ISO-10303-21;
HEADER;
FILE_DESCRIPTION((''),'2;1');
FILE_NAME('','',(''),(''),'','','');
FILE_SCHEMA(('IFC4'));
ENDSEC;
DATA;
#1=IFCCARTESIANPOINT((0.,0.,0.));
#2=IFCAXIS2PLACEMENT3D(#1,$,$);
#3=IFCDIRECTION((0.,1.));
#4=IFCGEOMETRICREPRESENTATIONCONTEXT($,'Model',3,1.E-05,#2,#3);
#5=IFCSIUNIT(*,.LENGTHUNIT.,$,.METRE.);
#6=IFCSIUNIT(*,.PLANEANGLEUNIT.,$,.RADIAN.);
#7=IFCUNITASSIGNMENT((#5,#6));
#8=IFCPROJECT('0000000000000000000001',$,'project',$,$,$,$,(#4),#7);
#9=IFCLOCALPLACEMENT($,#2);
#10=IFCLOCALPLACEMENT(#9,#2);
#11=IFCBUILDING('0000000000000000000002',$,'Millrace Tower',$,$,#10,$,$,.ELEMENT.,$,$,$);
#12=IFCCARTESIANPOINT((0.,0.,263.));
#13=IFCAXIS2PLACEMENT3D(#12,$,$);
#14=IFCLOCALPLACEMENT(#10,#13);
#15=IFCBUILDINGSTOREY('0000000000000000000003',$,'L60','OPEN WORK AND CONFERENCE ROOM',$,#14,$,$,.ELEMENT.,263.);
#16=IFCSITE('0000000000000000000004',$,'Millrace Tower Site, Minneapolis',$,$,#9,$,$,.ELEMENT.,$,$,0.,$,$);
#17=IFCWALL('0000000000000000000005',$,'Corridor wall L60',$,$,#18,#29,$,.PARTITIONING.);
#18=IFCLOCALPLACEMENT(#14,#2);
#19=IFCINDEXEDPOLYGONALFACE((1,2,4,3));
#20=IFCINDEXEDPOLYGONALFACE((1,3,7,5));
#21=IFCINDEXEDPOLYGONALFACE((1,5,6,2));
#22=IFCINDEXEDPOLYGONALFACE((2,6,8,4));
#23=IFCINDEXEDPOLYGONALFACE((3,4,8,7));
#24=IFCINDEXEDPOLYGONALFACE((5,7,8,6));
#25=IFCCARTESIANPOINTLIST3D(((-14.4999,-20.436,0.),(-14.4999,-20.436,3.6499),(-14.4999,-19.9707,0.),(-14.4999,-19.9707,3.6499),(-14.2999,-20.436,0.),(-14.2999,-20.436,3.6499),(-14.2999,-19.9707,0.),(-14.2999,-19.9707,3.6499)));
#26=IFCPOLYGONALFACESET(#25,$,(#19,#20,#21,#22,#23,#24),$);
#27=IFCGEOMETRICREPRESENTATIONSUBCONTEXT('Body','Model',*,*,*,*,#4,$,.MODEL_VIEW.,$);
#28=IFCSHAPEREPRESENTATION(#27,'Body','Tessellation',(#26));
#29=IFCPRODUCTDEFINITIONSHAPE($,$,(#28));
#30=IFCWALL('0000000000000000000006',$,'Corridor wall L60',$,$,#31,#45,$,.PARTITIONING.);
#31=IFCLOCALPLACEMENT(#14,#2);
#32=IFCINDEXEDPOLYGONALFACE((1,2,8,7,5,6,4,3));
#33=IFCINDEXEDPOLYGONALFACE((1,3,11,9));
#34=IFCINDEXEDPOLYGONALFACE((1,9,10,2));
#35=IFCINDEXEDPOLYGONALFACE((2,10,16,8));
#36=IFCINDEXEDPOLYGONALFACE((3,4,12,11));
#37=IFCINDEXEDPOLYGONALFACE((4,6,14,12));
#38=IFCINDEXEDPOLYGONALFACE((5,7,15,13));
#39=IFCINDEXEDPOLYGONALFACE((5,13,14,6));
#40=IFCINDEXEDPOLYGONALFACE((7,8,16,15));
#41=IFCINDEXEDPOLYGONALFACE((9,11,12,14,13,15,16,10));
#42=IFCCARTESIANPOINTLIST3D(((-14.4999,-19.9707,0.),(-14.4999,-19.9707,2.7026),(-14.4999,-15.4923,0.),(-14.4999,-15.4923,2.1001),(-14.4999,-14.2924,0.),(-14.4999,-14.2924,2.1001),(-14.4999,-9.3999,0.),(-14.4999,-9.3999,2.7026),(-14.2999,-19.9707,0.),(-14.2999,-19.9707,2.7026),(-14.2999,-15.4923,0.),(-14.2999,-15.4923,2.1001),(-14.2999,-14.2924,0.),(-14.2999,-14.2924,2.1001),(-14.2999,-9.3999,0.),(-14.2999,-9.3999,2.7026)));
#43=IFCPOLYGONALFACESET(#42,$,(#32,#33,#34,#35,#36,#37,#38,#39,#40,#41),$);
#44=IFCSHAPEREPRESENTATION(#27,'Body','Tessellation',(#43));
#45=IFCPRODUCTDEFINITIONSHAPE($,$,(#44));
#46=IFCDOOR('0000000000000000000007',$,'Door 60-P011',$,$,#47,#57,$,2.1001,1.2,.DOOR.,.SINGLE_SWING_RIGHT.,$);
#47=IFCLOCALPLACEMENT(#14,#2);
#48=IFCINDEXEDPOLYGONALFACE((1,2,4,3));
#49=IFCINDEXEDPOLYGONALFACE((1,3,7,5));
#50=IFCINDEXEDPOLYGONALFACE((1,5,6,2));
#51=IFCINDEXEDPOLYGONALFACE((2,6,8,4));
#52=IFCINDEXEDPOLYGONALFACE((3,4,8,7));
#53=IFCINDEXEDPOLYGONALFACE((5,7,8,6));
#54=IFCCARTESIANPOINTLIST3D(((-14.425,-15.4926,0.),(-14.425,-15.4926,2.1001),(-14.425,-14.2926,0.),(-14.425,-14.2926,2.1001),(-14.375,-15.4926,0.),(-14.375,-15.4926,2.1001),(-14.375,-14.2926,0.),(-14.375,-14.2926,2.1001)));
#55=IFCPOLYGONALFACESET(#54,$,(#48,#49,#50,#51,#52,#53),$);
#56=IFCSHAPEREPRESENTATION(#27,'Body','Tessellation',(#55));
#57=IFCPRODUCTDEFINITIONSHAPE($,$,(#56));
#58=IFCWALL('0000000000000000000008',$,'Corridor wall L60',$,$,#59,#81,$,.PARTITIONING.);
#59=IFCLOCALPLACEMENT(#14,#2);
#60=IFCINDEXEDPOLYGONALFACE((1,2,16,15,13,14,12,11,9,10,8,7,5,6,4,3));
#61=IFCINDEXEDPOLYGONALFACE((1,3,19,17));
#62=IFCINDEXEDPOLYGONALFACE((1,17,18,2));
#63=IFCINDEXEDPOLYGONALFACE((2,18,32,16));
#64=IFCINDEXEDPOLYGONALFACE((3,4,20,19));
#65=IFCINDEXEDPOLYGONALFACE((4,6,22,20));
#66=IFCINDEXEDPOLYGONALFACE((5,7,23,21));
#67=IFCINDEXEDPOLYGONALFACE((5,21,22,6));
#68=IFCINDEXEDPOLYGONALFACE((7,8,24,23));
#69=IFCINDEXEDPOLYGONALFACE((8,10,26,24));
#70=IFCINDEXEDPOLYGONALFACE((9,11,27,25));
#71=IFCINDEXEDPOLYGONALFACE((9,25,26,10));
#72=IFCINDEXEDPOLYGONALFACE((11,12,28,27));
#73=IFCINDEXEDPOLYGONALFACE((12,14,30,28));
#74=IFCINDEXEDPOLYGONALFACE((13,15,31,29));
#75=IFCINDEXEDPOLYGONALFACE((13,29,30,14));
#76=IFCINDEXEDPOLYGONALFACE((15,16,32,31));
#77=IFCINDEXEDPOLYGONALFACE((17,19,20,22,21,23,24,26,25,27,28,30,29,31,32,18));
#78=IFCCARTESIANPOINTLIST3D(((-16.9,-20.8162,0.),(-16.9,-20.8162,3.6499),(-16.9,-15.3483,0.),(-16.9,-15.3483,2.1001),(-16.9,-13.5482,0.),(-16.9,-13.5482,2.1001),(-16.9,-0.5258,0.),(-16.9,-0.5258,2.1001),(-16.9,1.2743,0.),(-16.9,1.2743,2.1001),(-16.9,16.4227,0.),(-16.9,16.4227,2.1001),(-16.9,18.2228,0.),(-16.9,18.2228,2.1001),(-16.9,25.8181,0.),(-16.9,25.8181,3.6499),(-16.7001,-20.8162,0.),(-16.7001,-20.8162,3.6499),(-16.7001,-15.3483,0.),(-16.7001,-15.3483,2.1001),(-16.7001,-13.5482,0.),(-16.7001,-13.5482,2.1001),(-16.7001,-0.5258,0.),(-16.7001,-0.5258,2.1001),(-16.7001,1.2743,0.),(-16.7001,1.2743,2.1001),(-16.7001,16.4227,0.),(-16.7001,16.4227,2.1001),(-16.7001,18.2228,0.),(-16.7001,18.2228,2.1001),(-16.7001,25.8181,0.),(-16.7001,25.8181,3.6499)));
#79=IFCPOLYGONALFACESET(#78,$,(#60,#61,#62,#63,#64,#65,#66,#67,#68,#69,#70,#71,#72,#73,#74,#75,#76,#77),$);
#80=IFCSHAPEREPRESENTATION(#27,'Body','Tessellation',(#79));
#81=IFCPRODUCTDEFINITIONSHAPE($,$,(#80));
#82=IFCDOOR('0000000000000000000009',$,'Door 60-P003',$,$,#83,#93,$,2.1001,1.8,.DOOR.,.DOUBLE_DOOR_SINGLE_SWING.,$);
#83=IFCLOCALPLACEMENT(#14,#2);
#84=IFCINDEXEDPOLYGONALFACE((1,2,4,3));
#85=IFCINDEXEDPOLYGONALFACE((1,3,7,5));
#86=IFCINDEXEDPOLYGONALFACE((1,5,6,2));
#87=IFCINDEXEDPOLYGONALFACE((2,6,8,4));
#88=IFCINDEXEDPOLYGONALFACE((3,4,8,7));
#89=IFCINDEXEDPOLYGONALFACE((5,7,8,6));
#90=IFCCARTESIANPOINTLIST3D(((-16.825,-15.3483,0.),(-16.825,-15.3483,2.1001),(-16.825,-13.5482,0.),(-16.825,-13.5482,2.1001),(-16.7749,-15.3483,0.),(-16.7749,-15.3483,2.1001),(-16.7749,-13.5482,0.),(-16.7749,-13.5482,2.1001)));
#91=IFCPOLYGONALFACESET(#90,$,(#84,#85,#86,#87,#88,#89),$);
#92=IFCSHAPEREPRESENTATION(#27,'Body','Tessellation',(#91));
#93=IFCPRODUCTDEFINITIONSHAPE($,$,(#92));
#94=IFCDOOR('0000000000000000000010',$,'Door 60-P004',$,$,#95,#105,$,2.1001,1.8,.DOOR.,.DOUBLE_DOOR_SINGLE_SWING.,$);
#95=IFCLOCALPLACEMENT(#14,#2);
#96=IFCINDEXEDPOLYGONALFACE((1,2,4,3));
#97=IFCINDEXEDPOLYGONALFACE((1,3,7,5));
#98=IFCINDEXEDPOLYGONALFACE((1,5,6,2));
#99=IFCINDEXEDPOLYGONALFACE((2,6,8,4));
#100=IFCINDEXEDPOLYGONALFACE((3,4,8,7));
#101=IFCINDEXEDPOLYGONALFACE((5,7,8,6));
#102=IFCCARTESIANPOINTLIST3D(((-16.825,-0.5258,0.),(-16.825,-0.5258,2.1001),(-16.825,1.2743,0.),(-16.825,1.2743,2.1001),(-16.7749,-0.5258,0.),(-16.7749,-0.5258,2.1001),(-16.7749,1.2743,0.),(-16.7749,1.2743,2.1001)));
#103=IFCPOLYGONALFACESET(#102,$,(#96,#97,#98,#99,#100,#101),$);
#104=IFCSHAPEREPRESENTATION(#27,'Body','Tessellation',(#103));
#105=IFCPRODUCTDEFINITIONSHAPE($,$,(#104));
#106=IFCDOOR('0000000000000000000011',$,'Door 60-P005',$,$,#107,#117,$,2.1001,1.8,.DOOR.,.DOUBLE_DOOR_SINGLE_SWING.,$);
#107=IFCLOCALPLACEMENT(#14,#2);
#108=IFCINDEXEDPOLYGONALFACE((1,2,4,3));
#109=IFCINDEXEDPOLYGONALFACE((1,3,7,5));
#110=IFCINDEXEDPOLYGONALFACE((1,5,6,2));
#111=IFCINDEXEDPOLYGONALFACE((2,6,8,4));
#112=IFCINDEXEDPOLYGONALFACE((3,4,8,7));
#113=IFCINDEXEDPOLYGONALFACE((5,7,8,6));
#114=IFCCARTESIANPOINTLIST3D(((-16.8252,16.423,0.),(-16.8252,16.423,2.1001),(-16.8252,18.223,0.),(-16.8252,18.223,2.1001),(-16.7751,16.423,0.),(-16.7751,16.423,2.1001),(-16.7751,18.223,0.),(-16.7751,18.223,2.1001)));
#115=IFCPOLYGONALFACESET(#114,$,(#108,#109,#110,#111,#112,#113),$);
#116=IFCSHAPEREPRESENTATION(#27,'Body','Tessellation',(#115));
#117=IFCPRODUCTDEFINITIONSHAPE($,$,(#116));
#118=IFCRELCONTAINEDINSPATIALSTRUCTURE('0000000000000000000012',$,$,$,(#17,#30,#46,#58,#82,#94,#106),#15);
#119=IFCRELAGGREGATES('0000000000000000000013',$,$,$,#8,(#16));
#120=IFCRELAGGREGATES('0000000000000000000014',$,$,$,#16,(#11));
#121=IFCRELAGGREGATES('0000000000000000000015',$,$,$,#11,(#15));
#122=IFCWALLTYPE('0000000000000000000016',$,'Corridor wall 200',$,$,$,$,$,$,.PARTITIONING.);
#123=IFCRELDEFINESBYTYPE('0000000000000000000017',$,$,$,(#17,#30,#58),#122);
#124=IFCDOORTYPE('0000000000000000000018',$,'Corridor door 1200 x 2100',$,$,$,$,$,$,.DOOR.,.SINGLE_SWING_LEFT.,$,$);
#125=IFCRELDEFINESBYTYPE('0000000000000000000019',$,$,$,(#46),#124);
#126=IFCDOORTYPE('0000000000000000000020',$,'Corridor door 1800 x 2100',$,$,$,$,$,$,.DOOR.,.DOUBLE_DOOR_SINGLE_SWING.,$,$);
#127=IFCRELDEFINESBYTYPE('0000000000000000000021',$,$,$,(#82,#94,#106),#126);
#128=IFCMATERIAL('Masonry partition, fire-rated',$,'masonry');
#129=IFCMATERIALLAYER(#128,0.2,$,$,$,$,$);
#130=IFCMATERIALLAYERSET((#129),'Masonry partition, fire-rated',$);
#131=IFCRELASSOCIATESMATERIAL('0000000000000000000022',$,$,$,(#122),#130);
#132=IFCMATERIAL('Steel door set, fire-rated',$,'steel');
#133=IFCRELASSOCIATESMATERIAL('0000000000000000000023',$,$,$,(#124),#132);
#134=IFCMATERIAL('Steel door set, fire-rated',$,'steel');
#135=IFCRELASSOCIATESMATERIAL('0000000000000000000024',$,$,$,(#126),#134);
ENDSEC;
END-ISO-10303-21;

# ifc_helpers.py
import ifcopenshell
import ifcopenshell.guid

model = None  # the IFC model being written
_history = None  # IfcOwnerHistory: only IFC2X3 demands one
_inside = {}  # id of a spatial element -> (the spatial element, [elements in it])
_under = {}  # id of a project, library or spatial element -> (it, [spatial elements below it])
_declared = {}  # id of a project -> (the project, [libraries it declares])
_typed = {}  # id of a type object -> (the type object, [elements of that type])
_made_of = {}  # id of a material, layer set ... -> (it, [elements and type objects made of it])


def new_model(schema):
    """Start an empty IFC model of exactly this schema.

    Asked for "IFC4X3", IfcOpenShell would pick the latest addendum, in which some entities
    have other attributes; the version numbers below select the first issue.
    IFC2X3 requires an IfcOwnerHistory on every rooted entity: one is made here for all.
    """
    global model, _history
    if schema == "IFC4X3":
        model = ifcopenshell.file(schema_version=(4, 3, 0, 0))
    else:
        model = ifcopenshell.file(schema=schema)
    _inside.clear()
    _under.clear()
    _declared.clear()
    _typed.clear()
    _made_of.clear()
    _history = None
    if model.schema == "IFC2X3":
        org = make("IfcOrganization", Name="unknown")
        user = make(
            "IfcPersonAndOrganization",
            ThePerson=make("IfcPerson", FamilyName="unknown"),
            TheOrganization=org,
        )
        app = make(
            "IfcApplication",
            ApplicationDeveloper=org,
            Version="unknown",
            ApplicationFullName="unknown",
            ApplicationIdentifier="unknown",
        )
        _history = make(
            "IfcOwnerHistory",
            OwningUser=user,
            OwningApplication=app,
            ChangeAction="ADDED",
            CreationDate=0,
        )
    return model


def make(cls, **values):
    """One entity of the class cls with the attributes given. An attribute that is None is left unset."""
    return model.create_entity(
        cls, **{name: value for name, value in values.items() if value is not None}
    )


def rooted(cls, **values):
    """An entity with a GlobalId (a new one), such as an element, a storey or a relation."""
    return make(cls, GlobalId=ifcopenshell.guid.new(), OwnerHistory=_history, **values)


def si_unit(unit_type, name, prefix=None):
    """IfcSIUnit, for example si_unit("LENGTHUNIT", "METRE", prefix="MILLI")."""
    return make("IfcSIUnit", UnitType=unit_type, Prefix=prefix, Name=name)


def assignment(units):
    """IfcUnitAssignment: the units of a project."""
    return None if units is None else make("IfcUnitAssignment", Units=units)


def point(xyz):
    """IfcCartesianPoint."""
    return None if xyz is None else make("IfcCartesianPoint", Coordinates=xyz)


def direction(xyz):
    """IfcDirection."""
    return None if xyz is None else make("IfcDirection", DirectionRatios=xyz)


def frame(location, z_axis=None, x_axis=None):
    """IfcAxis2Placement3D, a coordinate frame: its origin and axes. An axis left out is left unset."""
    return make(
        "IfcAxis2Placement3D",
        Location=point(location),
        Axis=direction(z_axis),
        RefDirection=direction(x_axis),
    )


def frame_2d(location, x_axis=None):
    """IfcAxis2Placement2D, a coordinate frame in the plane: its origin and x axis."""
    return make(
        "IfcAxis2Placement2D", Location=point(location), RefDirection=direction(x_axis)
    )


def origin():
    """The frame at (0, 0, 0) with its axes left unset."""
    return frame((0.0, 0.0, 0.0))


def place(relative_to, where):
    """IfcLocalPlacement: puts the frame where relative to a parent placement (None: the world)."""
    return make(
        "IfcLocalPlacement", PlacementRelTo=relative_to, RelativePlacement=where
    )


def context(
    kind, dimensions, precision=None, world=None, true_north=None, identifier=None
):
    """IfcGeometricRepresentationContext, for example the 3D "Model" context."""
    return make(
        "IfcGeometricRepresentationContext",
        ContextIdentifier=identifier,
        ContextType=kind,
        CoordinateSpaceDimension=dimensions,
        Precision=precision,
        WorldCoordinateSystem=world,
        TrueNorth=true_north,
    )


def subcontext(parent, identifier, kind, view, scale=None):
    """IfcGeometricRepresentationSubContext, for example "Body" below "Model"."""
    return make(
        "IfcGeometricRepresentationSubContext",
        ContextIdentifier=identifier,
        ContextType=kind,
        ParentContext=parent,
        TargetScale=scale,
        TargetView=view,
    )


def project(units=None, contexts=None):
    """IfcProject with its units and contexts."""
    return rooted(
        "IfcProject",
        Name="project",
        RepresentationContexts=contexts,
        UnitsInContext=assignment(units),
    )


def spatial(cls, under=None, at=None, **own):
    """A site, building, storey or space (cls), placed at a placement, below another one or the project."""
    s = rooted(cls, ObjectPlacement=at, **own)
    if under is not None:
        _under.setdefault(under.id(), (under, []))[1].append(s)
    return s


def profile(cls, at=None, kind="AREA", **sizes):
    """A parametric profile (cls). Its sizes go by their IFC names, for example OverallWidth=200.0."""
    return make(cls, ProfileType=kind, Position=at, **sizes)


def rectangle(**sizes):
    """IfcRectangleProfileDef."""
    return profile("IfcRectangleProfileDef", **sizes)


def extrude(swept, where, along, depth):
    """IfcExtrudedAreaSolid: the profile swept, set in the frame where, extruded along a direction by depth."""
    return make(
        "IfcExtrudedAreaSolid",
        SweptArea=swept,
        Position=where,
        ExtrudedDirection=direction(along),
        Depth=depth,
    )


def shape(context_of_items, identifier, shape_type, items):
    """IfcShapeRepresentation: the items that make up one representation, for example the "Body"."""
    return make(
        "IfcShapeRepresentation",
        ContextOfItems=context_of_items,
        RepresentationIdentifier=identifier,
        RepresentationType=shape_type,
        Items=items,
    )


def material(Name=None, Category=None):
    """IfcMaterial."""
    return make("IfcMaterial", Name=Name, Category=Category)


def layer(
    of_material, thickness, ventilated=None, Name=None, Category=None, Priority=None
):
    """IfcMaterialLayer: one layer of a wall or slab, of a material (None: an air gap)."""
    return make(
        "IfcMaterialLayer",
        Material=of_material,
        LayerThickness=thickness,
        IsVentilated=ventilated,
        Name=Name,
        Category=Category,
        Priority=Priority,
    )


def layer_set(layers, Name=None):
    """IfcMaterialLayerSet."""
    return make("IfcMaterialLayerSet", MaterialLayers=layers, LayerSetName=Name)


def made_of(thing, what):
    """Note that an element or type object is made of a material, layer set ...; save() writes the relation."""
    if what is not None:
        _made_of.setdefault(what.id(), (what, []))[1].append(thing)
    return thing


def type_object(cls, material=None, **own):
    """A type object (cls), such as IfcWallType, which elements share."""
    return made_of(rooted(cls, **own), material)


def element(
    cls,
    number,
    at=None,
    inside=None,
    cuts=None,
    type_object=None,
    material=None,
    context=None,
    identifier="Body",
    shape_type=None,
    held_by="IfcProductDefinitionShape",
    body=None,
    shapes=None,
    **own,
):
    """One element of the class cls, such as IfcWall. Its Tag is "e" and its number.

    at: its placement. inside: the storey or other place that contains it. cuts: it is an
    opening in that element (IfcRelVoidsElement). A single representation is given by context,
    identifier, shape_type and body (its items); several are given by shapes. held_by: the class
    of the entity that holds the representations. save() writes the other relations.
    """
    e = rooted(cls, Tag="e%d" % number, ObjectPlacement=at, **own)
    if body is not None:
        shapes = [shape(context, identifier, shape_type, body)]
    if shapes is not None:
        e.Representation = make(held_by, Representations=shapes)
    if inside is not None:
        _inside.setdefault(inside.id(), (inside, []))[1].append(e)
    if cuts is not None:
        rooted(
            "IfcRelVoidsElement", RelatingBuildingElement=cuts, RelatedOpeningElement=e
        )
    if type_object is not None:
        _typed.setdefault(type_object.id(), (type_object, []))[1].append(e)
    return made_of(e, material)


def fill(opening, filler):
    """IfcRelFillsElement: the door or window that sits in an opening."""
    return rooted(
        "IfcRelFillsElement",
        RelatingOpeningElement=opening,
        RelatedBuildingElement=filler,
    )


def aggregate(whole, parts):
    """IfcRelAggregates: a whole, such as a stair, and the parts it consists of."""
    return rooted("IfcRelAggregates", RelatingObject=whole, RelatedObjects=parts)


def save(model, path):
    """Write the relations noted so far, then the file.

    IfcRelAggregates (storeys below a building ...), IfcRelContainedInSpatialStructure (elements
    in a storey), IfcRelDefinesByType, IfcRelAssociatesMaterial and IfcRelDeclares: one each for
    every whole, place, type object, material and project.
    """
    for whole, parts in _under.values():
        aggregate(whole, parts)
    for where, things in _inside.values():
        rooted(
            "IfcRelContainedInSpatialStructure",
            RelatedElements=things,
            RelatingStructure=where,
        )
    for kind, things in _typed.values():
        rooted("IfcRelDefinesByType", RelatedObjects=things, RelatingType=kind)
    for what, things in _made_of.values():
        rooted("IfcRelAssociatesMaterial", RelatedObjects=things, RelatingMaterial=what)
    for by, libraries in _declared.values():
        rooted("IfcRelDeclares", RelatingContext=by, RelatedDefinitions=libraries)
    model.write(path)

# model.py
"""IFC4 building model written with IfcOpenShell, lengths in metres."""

from ifc_helpers import new_model, si_unit, direction, frame, frame_2d, origin, place, context, subcontext, project, spatial, rectangle, extrude, material, layer, layer_set, type_object, element, fill, save


model = new_model("IFC4")

# Units and contexts
model_context = context("Model", 3, precision=1e-05, world=origin(), true_north=direction((0.0, 1.0)))
body_context = subcontext(model_context, "Body", "Model", "MODEL_VIEW")
ifc_project = project(units=[si_unit("LENGTHUNIT", "METRE"), si_unit("PLANEANGLEUNIT", "RADIAN")], contexts=[model_context])

# Site, building, storey
site_placement = place(None, origin())
site = spatial("IfcSite", under=ifc_project, at=site_placement, Name="Millrace Tower Site, Minneapolis", CompositionType="ELEMENT", RefElevation=0.0)
building_placement = place(site_placement, origin())
building = spatial("IfcBuilding", under=site, at=building_placement, Name="Millrace Tower", CompositionType="ELEMENT")
storey_placement = place(building_placement, frame((0.0, 0.0, 263.0)))
storey = spatial("IfcBuildingStorey", under=building, at=storey_placement, Name="L60", Description="OPEN WORK AND CONFERENCE ROOM", CompositionType="ELEMENT", Elevation=263.0)

# Wall
ifc_material_1 = material(Name="Masonry partition, fire-rated", Category="masonry")
ifc_layer_1 = layer(ifc_material_1, 0.2)
ifc_layer_set_1 = layer_set([ifc_layer_1], Name="Masonry partition, fire-rated")
wall_type = type_object("IfcWallType", Name="Corridor wall 200", PredefinedType="PARTITIONING", material=ifc_layer_set_1)
wall_1_placement = place(storey_placement, frame((-14.3999, -20.436, 0.0), z_axis=(0.0, 0.0, 1.0), x_axis=(0.0, 1.0, 0.0)))
element("IfcWall", 1, at=wall_1_placement, inside=storey, type_object=wall_type, Name="Corridor wall L60", PredefinedType="PARTITIONING", context=body_context, shape_type="SweptSolid", body=[
    extrude(rectangle(XDim=0.4653, YDim=0.2, at=frame_2d((0.2327, 0.0))), origin(), (0.0, 0.0, 1.0), 3.6499),
])

# Wall, opening, door
wall_2_placement = place(storey_placement, frame((-14.3999, -19.9707, 0.0), z_axis=(0.0, 0.0, 1.0), x_axis=(0.0, 1.0, 0.0)))
wall_2 = element("IfcWall", 2, at=wall_2_placement, inside=storey, type_object=wall_type, Name="Corridor wall L60", PredefinedType="PARTITIONING", context=body_context, shape_type="SweptSolid", body=[
    extrude(rectangle(XDim=10.5708, YDim=0.2, at=frame_2d((5.2854, 0.0))), origin(), (0.0, 0.0, 1.0), 2.7026),
])
opening_1_placement = place(wall_2_placement, frame((4.4783, 0.0, 0.0)))
opening_1 = element("IfcOpeningElement", 3, at=opening_1_placement, cuts=wall_2, PredefinedType="OPENING", context=body_context, shape_type="SweptSolid", body=[
    extrude(rectangle(XDim=1.2, YDim=2.1001, at=frame_2d((0.6001, 1.05))), frame((0.0, 0.1099, 0.0), z_axis=(0.0, -1.0, 0.0), x_axis=(1.0, 0.0, 0.0)), (0.0, 0.0, 1.0), 0.22),
])
ifc_material_2 = material(Name="Steel door set, fire-rated", Category="steel")
door_type_1 = type_object("IfcDoorType", Name="Corridor door 1200 x 2100", OperationType="SINGLE_SWING_LEFT", PredefinedType="DOOR", material=ifc_material_2)
door_1_placement = place(opening_1_placement, frame((1.2, 0.0, 0.0), z_axis=(0.0, 0.0, 1.0), x_axis=(-1.0, 0.0, 0.0)))
door_1 = element("IfcDoor", 4, at=door_1_placement, inside=storey, type_object=door_type_1, Name="Door 60-P011", OperationType="SINGLE_SWING_RIGHT", OverallHeight=2.1001, OverallWidth=1.2, PredefinedType="DOOR", context=body_context, shape_type="SweptSolid", body=[
    extrude(rectangle(XDim=1.2, YDim=2.1001, at=frame_2d((0.6001, 1.05))), frame((0.0, 0.0249, 0.0), z_axis=(0.0, -1.0, 0.0), x_axis=(1.0, 0.0, 0.0)), (0.0, 0.0, 1.0), 0.05),
])
fill(opening_1, door_1)

# Wall, openings, doors
wall_3_placement = place(storey_placement, frame((-16.8, -20.8162, 0.0), z_axis=(0.0, 0.0, 1.0), x_axis=(0.0, 1.0, 0.0)))
wall_3 = element("IfcWall", 5, at=wall_3_placement, inside=storey, type_object=wall_type, Name="Corridor wall L60", PredefinedType="PARTITIONING", context=body_context, shape_type="SweptSolid", body=[
    extrude(rectangle(XDim=46.6343, YDim=0.2, at=frame_2d((23.3171, 0.0))), origin(), (0.0, 0.0, 1.0), 3.6499),
])
opening_2_placement = place(wall_3_placement, frame((5.468, 0.0, 0.0)))
opening_2 = element("IfcOpeningElement", 6, at=opening_2_placement, cuts=wall_3, PredefinedType="OPENING", context=body_context, shape_type="SweptSolid", body=[
    extrude(rectangle(XDim=1.8, YDim=2.1001, at=frame_2d((0.8999, 1.05))), frame((0.0, 0.1099, 0.0), z_axis=(0.0, -1.0, 0.0), x_axis=(1.0, 0.0, 0.0)), (0.0, 0.0, 1.0), 0.22),
])
opening_3_placement = place(wall_3_placement, frame((20.2905, 0.0, 0.0)))
opening_3 = element("IfcOpeningElement", 7, at=opening_3_placement, cuts=wall_3, PredefinedType="OPENING", context=body_context, shape_type="SweptSolid", body=[
    extrude(rectangle(XDim=1.8, YDim=2.1001, at=frame_2d((0.8999, 1.05))), frame((0.0, 0.1099, 0.0), z_axis=(0.0, -1.0, 0.0), x_axis=(1.0, 0.0, 0.0)), (0.0, 0.0, 1.0), 0.22),
])
opening_4_placement = place(wall_3_placement, frame((37.239, 0.0, 0.0)))
opening_4 = element("IfcOpeningElement", 8, at=opening_4_placement, cuts=wall_3, PredefinedType="OPENING", context=body_context, shape_type="SweptSolid", body=[
    extrude(rectangle(XDim=1.8, YDim=2.1001, at=frame_2d((0.8999, 1.05))), frame((0.0, 0.1099, 0.0), z_axis=(0.0, -1.0, 0.0), x_axis=(1.0, 0.0, 0.0)), (0.0, 0.0, 1.0), 0.22),
])
ifc_material_3 = material(Name="Steel door set, fire-rated", Category="steel")
door_type_2 = type_object("IfcDoorType", Name="Corridor door 1800 x 2100", OperationType="DOUBLE_DOOR_SINGLE_SWING", PredefinedType="DOOR", material=ifc_material_3)
door_2_placement = place(opening_2_placement, origin())
door_2 = element("IfcDoor", 9, at=door_2_placement, inside=storey, type_object=door_type_2, Name="Door 60-P003", OperationType="DOUBLE_DOOR_SINGLE_SWING", OverallHeight=2.1001, OverallWidth=1.8, PredefinedType="DOOR", context=body_context, shape_type="SweptSolid", body=[
    extrude(rectangle(XDim=1.8, YDim=2.1001, at=frame_2d((0.8999, 1.05))), frame((0.0, 0.0249, 0.0), z_axis=(0.0, -1.0, 0.0), x_axis=(1.0, 0.0, 0.0)), (0.0, 0.0, 1.0), 0.05),
])
fill(opening_2, door_2)
door_3_placement = place(opening_3_placement, origin())
door_3 = element("IfcDoor", 10, at=door_3_placement, inside=storey, type_object=door_type_2, Name="Door 60-P004", OperationType="DOUBLE_DOOR_SINGLE_SWING", OverallHeight=2.1001, OverallWidth=1.8, PredefinedType="DOOR", context=body_context, shape_type="SweptSolid", body=[
    extrude(rectangle(XDim=1.8, YDim=2.1001, at=frame_2d((0.8999, 1.05))), frame((0.0, 0.0249, 0.0), z_axis=(0.0, -1.0, 0.0), x_axis=(1.0, 0.0, 0.0)), (0.0, 0.0, 1.0), 0.05),
])
fill(opening_3, door_3)
door_4_placement = place(opening_4_placement, frame((1.8, 0.0, 0.0), z_axis=(0.0, 0.0, 1.0), x_axis=(-1.0, 0.0, 0.0)))
door_4 = element("IfcDoor", 11, at=door_4_placement, inside=storey, type_object=door_type_2, Name="Door 60-P005", OperationType="DOUBLE_DOOR_SINGLE_SWING", OverallHeight=2.1001, OverallWidth=1.8, PredefinedType="DOOR", context=body_context, shape_type="SweptSolid", body=[
    extrude(rectangle(XDim=1.8, YDim=2.1001, at=frame_2d((0.8999, 1.05))), frame((0.0, 0.0249, 0.0), z_axis=(0.0, -1.0, 0.0), x_axis=(1.0, 0.0, 0.0)), (0.0, 0.0, 1.0), 0.05),
])
fill(opening_4, door_4)

save(model, "model.ifc")
